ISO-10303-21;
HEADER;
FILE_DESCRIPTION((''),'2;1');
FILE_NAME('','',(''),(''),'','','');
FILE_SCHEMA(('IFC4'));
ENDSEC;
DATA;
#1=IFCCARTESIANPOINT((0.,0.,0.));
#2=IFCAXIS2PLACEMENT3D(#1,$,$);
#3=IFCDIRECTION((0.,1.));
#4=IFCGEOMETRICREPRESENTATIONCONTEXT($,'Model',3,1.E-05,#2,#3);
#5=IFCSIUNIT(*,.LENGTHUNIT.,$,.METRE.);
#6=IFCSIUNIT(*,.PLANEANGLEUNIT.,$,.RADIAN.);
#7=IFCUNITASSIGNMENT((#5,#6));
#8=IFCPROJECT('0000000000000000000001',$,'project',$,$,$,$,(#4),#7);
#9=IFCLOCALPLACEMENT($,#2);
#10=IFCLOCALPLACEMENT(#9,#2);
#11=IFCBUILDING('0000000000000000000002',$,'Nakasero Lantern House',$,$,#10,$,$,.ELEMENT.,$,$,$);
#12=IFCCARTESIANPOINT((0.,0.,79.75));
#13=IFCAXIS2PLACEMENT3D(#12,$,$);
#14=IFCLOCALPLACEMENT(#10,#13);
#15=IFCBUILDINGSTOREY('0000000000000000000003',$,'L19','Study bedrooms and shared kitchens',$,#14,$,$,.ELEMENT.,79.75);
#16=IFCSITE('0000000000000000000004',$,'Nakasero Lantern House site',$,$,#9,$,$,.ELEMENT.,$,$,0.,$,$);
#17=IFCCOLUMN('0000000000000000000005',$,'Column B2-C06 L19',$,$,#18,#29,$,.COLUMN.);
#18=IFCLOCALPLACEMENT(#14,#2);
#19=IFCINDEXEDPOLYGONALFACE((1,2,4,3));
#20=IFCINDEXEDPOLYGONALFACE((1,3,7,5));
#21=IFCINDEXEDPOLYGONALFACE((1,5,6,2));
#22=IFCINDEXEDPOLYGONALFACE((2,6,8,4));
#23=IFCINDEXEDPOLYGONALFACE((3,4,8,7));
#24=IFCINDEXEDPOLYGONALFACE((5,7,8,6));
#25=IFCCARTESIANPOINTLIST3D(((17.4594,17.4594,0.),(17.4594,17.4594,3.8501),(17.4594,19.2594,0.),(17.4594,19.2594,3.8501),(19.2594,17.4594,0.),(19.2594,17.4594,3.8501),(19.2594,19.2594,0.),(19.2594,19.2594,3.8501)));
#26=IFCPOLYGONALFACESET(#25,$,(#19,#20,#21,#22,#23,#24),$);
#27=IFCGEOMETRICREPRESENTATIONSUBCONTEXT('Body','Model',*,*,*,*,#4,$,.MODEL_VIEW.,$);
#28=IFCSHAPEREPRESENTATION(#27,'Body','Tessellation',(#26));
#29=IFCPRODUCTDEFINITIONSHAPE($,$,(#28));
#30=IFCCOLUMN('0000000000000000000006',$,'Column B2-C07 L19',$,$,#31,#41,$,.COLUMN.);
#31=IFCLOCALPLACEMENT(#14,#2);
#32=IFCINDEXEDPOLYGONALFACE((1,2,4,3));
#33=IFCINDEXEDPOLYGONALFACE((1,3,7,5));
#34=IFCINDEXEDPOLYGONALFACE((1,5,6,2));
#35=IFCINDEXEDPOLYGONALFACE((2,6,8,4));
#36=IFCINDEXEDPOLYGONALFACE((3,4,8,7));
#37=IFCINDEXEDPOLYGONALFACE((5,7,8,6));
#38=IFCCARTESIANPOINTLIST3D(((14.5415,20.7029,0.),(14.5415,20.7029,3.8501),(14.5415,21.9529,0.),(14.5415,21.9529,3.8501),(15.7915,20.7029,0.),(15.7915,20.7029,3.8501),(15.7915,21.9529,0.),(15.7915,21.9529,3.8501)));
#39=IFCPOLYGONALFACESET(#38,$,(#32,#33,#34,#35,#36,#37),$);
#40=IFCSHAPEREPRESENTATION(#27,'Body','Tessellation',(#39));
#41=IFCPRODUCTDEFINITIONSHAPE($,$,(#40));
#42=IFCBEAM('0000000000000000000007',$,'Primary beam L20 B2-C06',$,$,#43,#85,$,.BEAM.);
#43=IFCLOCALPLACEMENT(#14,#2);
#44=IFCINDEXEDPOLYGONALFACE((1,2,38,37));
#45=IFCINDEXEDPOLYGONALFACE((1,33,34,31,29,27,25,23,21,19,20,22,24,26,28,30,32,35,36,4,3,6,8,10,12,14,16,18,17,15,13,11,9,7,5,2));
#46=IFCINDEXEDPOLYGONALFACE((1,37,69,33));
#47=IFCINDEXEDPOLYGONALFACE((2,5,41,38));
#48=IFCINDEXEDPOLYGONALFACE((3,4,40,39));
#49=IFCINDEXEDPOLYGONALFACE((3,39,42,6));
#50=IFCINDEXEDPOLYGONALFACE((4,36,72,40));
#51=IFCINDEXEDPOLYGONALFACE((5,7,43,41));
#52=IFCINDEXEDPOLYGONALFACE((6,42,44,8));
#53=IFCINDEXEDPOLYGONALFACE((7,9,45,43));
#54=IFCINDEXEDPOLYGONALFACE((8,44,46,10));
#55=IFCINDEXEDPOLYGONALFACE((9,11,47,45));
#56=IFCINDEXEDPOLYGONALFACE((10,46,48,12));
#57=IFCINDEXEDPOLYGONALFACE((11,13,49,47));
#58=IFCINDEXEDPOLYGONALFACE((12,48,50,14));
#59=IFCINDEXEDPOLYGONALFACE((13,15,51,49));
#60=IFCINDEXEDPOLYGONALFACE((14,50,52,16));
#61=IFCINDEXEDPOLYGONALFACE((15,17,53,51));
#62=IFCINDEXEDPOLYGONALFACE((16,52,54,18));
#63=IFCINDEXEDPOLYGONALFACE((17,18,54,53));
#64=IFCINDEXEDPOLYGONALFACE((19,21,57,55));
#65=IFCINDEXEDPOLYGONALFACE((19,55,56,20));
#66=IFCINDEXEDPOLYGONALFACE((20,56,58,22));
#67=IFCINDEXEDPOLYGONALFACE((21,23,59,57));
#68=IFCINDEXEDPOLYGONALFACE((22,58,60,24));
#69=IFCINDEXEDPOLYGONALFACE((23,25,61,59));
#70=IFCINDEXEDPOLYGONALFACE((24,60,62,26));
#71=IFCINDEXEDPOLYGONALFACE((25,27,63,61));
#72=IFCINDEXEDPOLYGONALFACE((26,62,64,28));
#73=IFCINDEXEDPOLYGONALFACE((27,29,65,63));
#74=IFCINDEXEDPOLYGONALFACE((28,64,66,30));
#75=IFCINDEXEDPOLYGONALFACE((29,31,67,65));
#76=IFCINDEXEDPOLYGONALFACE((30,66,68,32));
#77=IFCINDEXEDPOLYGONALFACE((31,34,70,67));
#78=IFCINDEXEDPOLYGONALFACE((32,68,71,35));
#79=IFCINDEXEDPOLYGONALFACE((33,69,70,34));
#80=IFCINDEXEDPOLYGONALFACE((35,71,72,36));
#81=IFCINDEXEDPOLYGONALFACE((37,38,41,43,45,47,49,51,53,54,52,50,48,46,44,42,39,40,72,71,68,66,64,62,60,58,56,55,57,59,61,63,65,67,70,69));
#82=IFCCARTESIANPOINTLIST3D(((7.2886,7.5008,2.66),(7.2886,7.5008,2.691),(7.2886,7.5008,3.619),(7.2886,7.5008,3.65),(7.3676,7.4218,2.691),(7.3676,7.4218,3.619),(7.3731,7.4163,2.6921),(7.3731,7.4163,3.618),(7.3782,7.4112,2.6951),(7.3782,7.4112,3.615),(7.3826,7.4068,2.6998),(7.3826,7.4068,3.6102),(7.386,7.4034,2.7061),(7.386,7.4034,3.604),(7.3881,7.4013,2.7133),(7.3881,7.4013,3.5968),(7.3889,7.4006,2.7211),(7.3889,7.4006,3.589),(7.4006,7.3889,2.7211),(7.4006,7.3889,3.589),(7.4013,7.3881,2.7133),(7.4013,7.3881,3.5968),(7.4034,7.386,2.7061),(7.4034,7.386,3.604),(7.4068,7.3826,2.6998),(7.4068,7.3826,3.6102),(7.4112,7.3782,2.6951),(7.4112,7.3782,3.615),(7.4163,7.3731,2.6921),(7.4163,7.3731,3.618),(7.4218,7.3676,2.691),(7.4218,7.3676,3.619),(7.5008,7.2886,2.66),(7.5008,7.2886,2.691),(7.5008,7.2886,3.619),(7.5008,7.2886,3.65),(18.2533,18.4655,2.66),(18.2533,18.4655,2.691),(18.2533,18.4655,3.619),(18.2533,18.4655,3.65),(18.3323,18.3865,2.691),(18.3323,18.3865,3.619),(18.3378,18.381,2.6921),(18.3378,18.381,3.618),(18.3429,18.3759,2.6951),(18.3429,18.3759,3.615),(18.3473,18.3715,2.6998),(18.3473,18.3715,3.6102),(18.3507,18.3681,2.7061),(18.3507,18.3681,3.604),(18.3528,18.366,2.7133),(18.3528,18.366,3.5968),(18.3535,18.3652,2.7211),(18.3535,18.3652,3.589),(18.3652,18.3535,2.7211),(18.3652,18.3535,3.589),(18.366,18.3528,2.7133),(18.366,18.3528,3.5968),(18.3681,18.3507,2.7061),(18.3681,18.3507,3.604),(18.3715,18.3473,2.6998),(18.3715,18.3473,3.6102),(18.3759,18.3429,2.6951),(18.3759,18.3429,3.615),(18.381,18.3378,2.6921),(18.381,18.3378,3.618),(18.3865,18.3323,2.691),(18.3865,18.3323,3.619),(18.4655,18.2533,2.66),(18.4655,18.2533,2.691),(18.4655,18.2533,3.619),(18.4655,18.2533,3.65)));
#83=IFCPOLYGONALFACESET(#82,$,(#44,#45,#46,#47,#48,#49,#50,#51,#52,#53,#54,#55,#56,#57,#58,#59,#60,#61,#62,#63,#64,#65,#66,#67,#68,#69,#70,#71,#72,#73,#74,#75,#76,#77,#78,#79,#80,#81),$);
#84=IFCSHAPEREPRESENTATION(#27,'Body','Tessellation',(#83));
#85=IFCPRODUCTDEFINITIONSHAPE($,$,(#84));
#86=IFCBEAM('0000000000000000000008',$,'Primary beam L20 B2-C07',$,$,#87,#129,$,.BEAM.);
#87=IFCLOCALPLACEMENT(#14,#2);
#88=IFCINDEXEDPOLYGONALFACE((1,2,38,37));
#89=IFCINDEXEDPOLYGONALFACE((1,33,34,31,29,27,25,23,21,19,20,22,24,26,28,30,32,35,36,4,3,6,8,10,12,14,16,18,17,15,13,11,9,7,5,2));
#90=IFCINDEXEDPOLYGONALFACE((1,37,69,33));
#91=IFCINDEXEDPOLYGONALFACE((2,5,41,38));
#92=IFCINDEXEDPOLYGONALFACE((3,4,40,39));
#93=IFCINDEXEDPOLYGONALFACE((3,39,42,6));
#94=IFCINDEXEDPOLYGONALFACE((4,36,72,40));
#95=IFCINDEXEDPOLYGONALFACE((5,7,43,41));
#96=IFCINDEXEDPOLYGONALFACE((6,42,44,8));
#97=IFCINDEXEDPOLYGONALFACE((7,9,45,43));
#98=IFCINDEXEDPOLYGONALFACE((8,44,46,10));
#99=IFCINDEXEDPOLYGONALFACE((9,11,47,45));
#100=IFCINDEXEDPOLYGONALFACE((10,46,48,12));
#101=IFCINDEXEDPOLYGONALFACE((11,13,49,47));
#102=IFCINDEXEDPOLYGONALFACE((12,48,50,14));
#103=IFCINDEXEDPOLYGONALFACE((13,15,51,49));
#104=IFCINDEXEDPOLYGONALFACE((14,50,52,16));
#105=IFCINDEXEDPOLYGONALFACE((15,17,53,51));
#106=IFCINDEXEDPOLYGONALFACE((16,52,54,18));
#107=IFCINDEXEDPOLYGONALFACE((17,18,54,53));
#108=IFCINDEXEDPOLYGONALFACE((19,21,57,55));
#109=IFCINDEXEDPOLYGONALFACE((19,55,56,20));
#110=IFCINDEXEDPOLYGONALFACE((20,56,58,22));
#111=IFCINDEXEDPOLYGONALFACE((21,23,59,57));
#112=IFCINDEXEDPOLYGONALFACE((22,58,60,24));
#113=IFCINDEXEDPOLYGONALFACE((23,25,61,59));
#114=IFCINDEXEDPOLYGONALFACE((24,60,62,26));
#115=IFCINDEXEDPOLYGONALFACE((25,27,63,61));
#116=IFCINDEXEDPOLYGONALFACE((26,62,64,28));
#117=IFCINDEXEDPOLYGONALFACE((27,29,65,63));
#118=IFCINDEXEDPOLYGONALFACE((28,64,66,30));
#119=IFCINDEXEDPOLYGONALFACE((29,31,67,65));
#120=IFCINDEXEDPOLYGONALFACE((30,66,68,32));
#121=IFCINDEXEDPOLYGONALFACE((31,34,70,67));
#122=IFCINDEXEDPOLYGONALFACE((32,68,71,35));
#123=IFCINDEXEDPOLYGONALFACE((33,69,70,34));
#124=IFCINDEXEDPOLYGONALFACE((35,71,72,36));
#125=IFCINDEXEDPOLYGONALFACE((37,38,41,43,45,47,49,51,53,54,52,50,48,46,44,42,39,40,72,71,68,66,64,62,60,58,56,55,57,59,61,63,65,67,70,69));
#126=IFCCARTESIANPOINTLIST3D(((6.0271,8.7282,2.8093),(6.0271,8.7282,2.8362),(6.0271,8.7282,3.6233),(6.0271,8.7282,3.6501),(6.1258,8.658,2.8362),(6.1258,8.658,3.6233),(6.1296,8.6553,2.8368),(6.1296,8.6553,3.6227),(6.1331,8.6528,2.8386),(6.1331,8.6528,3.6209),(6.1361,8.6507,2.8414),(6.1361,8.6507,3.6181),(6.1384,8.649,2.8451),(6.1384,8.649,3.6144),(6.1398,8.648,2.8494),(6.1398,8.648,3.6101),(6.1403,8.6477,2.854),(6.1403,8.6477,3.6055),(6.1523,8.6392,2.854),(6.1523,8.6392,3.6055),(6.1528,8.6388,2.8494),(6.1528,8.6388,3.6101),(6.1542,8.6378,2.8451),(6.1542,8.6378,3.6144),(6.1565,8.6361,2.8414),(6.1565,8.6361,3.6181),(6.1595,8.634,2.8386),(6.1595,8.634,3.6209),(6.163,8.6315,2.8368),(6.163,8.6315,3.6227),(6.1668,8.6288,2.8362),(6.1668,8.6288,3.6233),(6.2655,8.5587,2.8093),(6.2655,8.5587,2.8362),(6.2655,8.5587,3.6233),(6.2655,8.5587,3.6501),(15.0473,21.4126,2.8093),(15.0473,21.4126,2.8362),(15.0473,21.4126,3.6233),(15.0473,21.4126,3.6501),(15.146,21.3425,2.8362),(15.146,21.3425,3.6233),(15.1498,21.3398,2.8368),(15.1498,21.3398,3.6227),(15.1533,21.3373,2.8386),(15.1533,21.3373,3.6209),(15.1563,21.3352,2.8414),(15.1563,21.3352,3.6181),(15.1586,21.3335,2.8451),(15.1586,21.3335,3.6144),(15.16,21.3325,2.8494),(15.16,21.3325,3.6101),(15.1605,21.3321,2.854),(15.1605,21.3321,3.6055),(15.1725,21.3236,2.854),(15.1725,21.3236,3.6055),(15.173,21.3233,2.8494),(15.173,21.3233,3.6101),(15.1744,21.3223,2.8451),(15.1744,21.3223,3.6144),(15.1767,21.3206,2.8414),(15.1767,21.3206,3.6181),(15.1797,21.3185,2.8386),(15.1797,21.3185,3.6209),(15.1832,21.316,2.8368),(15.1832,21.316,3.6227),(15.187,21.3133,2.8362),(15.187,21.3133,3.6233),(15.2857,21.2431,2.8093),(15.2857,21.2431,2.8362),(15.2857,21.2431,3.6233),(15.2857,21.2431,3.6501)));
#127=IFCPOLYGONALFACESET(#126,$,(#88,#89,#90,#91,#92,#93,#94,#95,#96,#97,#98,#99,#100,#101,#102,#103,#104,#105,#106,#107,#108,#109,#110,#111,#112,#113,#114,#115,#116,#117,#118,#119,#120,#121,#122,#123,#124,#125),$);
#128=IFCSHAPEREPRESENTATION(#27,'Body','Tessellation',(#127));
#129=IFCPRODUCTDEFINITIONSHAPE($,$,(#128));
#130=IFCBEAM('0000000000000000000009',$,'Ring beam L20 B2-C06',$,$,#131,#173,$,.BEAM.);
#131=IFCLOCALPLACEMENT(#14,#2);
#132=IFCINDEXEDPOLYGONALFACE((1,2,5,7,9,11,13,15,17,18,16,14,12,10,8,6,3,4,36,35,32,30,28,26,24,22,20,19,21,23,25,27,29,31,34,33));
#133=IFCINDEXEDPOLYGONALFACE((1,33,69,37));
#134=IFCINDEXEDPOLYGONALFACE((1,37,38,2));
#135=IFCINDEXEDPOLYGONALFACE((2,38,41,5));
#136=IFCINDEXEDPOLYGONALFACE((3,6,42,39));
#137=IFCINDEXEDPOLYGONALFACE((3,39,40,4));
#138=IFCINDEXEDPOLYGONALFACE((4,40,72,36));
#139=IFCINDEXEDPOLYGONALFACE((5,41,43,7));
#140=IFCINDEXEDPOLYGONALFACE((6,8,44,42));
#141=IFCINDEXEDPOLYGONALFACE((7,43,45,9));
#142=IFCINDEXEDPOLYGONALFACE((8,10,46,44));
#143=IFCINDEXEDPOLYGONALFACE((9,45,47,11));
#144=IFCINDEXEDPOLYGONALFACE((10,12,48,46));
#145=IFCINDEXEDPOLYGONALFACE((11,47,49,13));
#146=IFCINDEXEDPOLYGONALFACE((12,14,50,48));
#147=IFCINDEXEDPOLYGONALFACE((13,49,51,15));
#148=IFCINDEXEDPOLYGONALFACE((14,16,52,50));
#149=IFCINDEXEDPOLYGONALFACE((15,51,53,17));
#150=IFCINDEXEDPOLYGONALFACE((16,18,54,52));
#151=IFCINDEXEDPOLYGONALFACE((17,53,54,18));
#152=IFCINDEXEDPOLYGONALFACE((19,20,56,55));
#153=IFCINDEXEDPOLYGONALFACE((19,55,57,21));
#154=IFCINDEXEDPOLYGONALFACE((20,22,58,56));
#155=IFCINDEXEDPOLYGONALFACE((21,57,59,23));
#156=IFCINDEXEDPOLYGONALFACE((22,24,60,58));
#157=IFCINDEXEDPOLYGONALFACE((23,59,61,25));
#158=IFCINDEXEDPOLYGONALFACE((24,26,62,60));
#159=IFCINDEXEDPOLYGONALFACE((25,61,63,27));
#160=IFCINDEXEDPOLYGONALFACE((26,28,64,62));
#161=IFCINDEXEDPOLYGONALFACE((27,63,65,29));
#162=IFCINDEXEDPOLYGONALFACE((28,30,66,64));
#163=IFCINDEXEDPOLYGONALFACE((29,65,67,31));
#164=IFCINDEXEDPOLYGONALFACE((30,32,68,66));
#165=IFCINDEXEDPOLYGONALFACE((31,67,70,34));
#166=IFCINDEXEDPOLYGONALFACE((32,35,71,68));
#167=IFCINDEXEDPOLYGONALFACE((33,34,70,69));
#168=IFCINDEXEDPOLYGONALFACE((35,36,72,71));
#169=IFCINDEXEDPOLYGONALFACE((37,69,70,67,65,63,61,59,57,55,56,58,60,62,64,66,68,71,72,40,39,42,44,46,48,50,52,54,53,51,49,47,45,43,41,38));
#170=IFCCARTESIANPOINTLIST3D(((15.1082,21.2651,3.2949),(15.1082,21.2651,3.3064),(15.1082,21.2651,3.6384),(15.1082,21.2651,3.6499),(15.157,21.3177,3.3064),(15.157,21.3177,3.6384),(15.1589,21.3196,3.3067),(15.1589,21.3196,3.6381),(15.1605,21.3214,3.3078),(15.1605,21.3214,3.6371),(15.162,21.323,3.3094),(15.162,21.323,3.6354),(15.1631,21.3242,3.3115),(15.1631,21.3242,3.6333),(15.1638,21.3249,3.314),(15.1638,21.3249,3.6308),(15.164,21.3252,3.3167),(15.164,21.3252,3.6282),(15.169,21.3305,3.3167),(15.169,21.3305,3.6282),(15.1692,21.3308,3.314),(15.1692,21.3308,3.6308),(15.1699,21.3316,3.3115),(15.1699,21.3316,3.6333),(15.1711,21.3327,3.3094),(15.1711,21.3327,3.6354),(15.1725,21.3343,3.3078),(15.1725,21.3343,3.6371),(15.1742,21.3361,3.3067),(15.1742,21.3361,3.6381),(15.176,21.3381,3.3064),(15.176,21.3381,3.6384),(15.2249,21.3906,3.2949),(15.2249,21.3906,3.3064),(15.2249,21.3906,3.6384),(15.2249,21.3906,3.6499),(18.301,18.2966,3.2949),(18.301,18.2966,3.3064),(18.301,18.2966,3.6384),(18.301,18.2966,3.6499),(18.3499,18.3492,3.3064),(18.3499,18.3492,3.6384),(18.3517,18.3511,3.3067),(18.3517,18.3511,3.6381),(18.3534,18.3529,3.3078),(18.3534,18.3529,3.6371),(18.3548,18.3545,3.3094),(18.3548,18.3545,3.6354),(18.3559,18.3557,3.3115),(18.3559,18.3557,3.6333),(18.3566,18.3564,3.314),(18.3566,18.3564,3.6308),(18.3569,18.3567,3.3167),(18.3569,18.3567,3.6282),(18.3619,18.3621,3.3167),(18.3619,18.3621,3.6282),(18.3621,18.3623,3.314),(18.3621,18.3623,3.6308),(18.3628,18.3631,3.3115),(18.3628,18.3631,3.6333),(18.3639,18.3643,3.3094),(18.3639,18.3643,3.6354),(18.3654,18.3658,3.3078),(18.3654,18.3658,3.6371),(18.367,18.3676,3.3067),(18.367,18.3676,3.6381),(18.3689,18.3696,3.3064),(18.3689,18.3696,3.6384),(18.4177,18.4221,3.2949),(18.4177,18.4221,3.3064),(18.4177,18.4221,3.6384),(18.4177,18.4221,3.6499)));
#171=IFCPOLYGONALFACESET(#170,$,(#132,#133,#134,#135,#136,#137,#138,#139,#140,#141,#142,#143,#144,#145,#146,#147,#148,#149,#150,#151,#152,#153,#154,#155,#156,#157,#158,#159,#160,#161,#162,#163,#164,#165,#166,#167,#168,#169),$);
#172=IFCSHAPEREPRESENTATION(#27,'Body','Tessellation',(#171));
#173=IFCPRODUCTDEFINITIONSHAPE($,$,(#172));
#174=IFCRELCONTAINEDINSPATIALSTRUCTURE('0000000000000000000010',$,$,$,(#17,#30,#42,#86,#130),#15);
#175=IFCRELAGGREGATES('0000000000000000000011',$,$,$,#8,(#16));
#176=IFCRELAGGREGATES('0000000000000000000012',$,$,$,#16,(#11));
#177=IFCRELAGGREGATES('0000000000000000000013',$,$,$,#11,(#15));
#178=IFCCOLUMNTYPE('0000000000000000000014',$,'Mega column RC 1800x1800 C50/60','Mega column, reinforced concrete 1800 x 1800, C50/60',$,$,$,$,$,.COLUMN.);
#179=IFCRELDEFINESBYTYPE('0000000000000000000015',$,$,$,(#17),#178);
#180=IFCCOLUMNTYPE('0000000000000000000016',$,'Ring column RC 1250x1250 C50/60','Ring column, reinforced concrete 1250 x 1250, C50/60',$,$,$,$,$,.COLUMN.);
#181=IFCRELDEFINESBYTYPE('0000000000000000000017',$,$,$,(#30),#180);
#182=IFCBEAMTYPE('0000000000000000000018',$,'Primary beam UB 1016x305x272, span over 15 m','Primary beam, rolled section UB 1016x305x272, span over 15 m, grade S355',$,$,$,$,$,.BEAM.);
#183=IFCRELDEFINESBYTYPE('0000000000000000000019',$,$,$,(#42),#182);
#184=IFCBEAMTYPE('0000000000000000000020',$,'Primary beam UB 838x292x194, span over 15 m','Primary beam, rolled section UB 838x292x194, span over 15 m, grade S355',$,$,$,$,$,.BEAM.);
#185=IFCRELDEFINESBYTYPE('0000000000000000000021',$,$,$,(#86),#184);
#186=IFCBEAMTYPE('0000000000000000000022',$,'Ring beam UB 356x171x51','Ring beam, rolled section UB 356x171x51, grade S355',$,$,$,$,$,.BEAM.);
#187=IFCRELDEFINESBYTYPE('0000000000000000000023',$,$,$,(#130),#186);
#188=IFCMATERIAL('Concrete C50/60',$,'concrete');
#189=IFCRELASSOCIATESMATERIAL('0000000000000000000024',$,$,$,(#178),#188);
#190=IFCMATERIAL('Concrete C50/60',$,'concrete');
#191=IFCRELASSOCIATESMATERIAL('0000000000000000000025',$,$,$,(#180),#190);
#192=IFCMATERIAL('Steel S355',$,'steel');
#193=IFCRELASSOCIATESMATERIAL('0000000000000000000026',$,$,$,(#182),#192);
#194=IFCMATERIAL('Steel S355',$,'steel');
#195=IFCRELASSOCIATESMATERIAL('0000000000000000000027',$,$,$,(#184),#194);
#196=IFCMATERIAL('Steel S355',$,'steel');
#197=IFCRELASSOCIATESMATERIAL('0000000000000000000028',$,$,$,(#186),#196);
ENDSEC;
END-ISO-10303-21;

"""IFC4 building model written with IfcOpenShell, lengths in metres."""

from ifc_helpers import new_model, si_unit, direction, frame, origin, origin_2d, place, context, subcontext, project, spatial, rectangle, i_section, extrude, material, material_profile, profile_set, type_object, element, save


model = new_model("IFC4")

# Units and contexts
model_context = context("Model", 3, precision=1e-05, world=origin(), true_north=direction((0.0, 1.0)))
body_context = subcontext(model_context, "Body", "Model", "MODEL_VIEW")
ifc_project = project(units=[si_unit("LENGTHUNIT", "METRE"), si_unit("PLANEANGLEUNIT", "RADIAN")], contexts=[model_context])

# Site, building, storey
site_placement = place(None, origin())
site = spatial("IfcSite", under=ifc_project, at=site_placement, Name="Nakasero Lantern House site", CompositionType="ELEMENT", RefElevation=0.0)
building_placement = place(site_placement, origin())
building = spatial("IfcBuilding", under=site, at=building_placement, Name="Nakasero Lantern House", CompositionType="ELEMENT")
storey_placement = place(building_placement, frame((0.0, 0.0, 79.75)))
storey = spatial("IfcBuildingStorey", under=building, at=storey_placement, Name="L19", Description="Study bedrooms and shared kitchens", CompositionType="ELEMENT", Elevation=79.75)

# Columns
ifc_material_1 = material(Name="Concrete C50/60", Category="concrete")
ifc_material_profile_1 = material_profile(ifc_material_1, rectangle(XDim=1.8, YDim=1.8, at=origin_2d()), Name="RC 1800x1800")
ifc_profile_set_1 = profile_set([ifc_material_profile_1], Name="Concrete C50/60")
column_type_1 = type_object("IfcColumnType", Name="Mega column RC 1800x1800 C50/60", Description="Mega column, reinforced concrete 1800 x 1800, C50/60", PredefinedType="COLUMN", material=ifc_profile_set_1)
column_1_placement = place(storey_placement, frame((18.3594, 18.3594, 0.0), z_axis=(0.0, 0.0, 1.0), x_axis=(1.0, 0.0, 0.0)))
element("IfcColumn", 1, at=column_1_placement, inside=storey, type_object=column_type_1, Name="Column B2-C06 L19", PredefinedType="COLUMN", context=body_context, shape_type="SweptSolid", body=[
    extrude(rectangle(XDim=1.8, YDim=1.8, at=origin_2d()), origin(), (0.0, 0.0, 1.0), 3.8501),
])
ifc_material_2 = material(Name="Concrete C50/60", Category="concrete")
ifc_material_profile_2 = material_profile(ifc_material_2, rectangle(XDim=1.25, YDim=1.25, at=origin_2d()), Name="RC 1250x1250")
ifc_profile_set_2 = profile_set([ifc_material_profile_2], Name="Concrete C50/60")
column_type_2 = type_object("IfcColumnType", Name="Ring column RC 1250x1250 C50/60", Description="Ring column, reinforced concrete 1250 x 1250, C50/60", PredefinedType="COLUMN", material=ifc_profile_set_2)
column_2_placement = place(storey_placement, frame((15.1665, 21.3279, 0.0), z_axis=(0.0, 0.0, 1.0), x_axis=(1.0, 0.0, 0.0)))
element("IfcColumn", 2, at=column_2_placement, inside=storey, type_object=column_type_2, Name="Column B2-C07 L19", PredefinedType="COLUMN", context=body_context, shape_type="SweptSolid", body=[
    extrude(rectangle(XDim=1.25, YDim=1.25, at=origin_2d()), origin(), (0.0, 0.0, 1.0), 3.8501),
])

# Beams
ifc_material_3 = material(Name="Steel S355", Category="steel")
ifc_material_profile_3 = material_profile(ifc_material_3, i_section(OverallWidth=0.3, OverallDepth=0.99, WebThickness=0.0166, FlangeThickness=0.031, FilletRadius=0.03, at=origin_2d()), Name="UB 1016x305x272")
ifc_profile_set_3 = profile_set([ifc_material_profile_3], Name="Steel S355")
beam_type_1 = type_object("IfcBeamType", Name="Primary beam UB 1016x305x272, span over 15 m", Description="Primary beam, rolled section UB 1016x305x272, span over 15 m, grade S355", PredefinedType="BEAM", material=ifc_profile_set_3)
beam_1_placement = place(storey_placement, frame((18.3594, 18.3594, 3.155), z_axis=(-0.707107, -0.707107, 0.0), x_axis=(0.707107, -0.707107, 0.0)))
element("IfcBeam", 3, at=beam_1_placement, inside=storey, type_object=beam_type_1, Name="Primary beam L20 B2-C06", PredefinedType="BEAM", context=body_context, shape_type="SweptSolid", body=[
    extrude(i_section(OverallWidth=0.3, OverallDepth=0.99, WebThickness=0.0166, FlangeThickness=0.031, FilletRadius=0.03, at=origin_2d()), origin(), (0.0, 0.0, 1.0), 15.5063),
])
ifc_material_4 = material(Name="Steel S355", Category="steel")
ifc_material_profile_4 = material_profile(ifc_material_4, i_section(OverallWidth=0.2925, OverallDepth=0.8408, WebThickness=0.0146, FlangeThickness=0.0269, FilletRadius=0.0178, at=origin_2d()), Name="UB 838x292x194")
ifc_profile_set_4 = profile_set([ifc_material_profile_4], Name="Steel S355")
beam_type_2 = type_object("IfcBeamType", Name="Primary beam UB 838x292x194, span over 15 m", Description="Primary beam, rolled section UB 838x292x194, span over 15 m, grade S355", PredefinedType="BEAM", material=ifc_profile_set_4)
beam_2_placement = place(storey_placement, frame((15.1665, 21.3279, 3.2297), z_axis=(-0.579529, -0.814952, 0.0), x_axis=(0.814952, -0.579529, 0.0)))
element("IfcBeam", 4, at=beam_2_placement, inside=storey, type_object=beam_type_2, Name="Primary beam L20 B2-C07", PredefinedType="BEAM", context=body_context, shape_type="SweptSolid", body=[
    extrude(i_section(OverallWidth=0.2925, OverallDepth=0.8408, WebThickness=0.0146, FlangeThickness=0.0269, FilletRadius=0.0178, at=origin_2d()), origin(), (0.0, 0.0, 1.0), 15.5647),
])
ifc_material_5 = material(Name="Steel S355", Category="steel")
ifc_material_profile_5 = material_profile(ifc_material_5, i_section(OverallWidth=0.1714, OverallDepth=0.355, WebThickness=0.0073, FlangeThickness=0.0115, FilletRadius=0.0103, at=origin_2d()), Name="UB 356x171x51")
ifc_profile_set_5 = profile_set([ifc_material_profile_5], Name="Steel S355")
beam_type_3 = type_object("IfcBeamType", Name="Ring beam UB 356x171x51", Description="Ring beam, rolled section UB 356x171x51, grade S355", PredefinedType="BEAM", material=ifc_profile_set_5)
beam_3_placement = place(storey_placement, frame((18.3594, 18.3594, 3.4724), z_axis=(-0.732371, 0.680906, 0.0), x_axis=(-0.680906, -0.732371, 0.0)))
element("IfcBeam", 5, at=beam_3_placement, inside=storey, type_object=beam_type_3, Name="Ring beam L20 B2-C06", PredefinedType="BEAM", context=body_context, shape_type="SweptSolid", body=[
    extrude(i_section(OverallWidth=0.1714, OverallDepth=0.355, WebThickness=0.0073, FlangeThickness=0.0115, FilletRadius=0.0103, at=origin_2d()), origin(), (0.0, 0.0, 1.0), 4.3596),
])

save(model, "model.ifc")
